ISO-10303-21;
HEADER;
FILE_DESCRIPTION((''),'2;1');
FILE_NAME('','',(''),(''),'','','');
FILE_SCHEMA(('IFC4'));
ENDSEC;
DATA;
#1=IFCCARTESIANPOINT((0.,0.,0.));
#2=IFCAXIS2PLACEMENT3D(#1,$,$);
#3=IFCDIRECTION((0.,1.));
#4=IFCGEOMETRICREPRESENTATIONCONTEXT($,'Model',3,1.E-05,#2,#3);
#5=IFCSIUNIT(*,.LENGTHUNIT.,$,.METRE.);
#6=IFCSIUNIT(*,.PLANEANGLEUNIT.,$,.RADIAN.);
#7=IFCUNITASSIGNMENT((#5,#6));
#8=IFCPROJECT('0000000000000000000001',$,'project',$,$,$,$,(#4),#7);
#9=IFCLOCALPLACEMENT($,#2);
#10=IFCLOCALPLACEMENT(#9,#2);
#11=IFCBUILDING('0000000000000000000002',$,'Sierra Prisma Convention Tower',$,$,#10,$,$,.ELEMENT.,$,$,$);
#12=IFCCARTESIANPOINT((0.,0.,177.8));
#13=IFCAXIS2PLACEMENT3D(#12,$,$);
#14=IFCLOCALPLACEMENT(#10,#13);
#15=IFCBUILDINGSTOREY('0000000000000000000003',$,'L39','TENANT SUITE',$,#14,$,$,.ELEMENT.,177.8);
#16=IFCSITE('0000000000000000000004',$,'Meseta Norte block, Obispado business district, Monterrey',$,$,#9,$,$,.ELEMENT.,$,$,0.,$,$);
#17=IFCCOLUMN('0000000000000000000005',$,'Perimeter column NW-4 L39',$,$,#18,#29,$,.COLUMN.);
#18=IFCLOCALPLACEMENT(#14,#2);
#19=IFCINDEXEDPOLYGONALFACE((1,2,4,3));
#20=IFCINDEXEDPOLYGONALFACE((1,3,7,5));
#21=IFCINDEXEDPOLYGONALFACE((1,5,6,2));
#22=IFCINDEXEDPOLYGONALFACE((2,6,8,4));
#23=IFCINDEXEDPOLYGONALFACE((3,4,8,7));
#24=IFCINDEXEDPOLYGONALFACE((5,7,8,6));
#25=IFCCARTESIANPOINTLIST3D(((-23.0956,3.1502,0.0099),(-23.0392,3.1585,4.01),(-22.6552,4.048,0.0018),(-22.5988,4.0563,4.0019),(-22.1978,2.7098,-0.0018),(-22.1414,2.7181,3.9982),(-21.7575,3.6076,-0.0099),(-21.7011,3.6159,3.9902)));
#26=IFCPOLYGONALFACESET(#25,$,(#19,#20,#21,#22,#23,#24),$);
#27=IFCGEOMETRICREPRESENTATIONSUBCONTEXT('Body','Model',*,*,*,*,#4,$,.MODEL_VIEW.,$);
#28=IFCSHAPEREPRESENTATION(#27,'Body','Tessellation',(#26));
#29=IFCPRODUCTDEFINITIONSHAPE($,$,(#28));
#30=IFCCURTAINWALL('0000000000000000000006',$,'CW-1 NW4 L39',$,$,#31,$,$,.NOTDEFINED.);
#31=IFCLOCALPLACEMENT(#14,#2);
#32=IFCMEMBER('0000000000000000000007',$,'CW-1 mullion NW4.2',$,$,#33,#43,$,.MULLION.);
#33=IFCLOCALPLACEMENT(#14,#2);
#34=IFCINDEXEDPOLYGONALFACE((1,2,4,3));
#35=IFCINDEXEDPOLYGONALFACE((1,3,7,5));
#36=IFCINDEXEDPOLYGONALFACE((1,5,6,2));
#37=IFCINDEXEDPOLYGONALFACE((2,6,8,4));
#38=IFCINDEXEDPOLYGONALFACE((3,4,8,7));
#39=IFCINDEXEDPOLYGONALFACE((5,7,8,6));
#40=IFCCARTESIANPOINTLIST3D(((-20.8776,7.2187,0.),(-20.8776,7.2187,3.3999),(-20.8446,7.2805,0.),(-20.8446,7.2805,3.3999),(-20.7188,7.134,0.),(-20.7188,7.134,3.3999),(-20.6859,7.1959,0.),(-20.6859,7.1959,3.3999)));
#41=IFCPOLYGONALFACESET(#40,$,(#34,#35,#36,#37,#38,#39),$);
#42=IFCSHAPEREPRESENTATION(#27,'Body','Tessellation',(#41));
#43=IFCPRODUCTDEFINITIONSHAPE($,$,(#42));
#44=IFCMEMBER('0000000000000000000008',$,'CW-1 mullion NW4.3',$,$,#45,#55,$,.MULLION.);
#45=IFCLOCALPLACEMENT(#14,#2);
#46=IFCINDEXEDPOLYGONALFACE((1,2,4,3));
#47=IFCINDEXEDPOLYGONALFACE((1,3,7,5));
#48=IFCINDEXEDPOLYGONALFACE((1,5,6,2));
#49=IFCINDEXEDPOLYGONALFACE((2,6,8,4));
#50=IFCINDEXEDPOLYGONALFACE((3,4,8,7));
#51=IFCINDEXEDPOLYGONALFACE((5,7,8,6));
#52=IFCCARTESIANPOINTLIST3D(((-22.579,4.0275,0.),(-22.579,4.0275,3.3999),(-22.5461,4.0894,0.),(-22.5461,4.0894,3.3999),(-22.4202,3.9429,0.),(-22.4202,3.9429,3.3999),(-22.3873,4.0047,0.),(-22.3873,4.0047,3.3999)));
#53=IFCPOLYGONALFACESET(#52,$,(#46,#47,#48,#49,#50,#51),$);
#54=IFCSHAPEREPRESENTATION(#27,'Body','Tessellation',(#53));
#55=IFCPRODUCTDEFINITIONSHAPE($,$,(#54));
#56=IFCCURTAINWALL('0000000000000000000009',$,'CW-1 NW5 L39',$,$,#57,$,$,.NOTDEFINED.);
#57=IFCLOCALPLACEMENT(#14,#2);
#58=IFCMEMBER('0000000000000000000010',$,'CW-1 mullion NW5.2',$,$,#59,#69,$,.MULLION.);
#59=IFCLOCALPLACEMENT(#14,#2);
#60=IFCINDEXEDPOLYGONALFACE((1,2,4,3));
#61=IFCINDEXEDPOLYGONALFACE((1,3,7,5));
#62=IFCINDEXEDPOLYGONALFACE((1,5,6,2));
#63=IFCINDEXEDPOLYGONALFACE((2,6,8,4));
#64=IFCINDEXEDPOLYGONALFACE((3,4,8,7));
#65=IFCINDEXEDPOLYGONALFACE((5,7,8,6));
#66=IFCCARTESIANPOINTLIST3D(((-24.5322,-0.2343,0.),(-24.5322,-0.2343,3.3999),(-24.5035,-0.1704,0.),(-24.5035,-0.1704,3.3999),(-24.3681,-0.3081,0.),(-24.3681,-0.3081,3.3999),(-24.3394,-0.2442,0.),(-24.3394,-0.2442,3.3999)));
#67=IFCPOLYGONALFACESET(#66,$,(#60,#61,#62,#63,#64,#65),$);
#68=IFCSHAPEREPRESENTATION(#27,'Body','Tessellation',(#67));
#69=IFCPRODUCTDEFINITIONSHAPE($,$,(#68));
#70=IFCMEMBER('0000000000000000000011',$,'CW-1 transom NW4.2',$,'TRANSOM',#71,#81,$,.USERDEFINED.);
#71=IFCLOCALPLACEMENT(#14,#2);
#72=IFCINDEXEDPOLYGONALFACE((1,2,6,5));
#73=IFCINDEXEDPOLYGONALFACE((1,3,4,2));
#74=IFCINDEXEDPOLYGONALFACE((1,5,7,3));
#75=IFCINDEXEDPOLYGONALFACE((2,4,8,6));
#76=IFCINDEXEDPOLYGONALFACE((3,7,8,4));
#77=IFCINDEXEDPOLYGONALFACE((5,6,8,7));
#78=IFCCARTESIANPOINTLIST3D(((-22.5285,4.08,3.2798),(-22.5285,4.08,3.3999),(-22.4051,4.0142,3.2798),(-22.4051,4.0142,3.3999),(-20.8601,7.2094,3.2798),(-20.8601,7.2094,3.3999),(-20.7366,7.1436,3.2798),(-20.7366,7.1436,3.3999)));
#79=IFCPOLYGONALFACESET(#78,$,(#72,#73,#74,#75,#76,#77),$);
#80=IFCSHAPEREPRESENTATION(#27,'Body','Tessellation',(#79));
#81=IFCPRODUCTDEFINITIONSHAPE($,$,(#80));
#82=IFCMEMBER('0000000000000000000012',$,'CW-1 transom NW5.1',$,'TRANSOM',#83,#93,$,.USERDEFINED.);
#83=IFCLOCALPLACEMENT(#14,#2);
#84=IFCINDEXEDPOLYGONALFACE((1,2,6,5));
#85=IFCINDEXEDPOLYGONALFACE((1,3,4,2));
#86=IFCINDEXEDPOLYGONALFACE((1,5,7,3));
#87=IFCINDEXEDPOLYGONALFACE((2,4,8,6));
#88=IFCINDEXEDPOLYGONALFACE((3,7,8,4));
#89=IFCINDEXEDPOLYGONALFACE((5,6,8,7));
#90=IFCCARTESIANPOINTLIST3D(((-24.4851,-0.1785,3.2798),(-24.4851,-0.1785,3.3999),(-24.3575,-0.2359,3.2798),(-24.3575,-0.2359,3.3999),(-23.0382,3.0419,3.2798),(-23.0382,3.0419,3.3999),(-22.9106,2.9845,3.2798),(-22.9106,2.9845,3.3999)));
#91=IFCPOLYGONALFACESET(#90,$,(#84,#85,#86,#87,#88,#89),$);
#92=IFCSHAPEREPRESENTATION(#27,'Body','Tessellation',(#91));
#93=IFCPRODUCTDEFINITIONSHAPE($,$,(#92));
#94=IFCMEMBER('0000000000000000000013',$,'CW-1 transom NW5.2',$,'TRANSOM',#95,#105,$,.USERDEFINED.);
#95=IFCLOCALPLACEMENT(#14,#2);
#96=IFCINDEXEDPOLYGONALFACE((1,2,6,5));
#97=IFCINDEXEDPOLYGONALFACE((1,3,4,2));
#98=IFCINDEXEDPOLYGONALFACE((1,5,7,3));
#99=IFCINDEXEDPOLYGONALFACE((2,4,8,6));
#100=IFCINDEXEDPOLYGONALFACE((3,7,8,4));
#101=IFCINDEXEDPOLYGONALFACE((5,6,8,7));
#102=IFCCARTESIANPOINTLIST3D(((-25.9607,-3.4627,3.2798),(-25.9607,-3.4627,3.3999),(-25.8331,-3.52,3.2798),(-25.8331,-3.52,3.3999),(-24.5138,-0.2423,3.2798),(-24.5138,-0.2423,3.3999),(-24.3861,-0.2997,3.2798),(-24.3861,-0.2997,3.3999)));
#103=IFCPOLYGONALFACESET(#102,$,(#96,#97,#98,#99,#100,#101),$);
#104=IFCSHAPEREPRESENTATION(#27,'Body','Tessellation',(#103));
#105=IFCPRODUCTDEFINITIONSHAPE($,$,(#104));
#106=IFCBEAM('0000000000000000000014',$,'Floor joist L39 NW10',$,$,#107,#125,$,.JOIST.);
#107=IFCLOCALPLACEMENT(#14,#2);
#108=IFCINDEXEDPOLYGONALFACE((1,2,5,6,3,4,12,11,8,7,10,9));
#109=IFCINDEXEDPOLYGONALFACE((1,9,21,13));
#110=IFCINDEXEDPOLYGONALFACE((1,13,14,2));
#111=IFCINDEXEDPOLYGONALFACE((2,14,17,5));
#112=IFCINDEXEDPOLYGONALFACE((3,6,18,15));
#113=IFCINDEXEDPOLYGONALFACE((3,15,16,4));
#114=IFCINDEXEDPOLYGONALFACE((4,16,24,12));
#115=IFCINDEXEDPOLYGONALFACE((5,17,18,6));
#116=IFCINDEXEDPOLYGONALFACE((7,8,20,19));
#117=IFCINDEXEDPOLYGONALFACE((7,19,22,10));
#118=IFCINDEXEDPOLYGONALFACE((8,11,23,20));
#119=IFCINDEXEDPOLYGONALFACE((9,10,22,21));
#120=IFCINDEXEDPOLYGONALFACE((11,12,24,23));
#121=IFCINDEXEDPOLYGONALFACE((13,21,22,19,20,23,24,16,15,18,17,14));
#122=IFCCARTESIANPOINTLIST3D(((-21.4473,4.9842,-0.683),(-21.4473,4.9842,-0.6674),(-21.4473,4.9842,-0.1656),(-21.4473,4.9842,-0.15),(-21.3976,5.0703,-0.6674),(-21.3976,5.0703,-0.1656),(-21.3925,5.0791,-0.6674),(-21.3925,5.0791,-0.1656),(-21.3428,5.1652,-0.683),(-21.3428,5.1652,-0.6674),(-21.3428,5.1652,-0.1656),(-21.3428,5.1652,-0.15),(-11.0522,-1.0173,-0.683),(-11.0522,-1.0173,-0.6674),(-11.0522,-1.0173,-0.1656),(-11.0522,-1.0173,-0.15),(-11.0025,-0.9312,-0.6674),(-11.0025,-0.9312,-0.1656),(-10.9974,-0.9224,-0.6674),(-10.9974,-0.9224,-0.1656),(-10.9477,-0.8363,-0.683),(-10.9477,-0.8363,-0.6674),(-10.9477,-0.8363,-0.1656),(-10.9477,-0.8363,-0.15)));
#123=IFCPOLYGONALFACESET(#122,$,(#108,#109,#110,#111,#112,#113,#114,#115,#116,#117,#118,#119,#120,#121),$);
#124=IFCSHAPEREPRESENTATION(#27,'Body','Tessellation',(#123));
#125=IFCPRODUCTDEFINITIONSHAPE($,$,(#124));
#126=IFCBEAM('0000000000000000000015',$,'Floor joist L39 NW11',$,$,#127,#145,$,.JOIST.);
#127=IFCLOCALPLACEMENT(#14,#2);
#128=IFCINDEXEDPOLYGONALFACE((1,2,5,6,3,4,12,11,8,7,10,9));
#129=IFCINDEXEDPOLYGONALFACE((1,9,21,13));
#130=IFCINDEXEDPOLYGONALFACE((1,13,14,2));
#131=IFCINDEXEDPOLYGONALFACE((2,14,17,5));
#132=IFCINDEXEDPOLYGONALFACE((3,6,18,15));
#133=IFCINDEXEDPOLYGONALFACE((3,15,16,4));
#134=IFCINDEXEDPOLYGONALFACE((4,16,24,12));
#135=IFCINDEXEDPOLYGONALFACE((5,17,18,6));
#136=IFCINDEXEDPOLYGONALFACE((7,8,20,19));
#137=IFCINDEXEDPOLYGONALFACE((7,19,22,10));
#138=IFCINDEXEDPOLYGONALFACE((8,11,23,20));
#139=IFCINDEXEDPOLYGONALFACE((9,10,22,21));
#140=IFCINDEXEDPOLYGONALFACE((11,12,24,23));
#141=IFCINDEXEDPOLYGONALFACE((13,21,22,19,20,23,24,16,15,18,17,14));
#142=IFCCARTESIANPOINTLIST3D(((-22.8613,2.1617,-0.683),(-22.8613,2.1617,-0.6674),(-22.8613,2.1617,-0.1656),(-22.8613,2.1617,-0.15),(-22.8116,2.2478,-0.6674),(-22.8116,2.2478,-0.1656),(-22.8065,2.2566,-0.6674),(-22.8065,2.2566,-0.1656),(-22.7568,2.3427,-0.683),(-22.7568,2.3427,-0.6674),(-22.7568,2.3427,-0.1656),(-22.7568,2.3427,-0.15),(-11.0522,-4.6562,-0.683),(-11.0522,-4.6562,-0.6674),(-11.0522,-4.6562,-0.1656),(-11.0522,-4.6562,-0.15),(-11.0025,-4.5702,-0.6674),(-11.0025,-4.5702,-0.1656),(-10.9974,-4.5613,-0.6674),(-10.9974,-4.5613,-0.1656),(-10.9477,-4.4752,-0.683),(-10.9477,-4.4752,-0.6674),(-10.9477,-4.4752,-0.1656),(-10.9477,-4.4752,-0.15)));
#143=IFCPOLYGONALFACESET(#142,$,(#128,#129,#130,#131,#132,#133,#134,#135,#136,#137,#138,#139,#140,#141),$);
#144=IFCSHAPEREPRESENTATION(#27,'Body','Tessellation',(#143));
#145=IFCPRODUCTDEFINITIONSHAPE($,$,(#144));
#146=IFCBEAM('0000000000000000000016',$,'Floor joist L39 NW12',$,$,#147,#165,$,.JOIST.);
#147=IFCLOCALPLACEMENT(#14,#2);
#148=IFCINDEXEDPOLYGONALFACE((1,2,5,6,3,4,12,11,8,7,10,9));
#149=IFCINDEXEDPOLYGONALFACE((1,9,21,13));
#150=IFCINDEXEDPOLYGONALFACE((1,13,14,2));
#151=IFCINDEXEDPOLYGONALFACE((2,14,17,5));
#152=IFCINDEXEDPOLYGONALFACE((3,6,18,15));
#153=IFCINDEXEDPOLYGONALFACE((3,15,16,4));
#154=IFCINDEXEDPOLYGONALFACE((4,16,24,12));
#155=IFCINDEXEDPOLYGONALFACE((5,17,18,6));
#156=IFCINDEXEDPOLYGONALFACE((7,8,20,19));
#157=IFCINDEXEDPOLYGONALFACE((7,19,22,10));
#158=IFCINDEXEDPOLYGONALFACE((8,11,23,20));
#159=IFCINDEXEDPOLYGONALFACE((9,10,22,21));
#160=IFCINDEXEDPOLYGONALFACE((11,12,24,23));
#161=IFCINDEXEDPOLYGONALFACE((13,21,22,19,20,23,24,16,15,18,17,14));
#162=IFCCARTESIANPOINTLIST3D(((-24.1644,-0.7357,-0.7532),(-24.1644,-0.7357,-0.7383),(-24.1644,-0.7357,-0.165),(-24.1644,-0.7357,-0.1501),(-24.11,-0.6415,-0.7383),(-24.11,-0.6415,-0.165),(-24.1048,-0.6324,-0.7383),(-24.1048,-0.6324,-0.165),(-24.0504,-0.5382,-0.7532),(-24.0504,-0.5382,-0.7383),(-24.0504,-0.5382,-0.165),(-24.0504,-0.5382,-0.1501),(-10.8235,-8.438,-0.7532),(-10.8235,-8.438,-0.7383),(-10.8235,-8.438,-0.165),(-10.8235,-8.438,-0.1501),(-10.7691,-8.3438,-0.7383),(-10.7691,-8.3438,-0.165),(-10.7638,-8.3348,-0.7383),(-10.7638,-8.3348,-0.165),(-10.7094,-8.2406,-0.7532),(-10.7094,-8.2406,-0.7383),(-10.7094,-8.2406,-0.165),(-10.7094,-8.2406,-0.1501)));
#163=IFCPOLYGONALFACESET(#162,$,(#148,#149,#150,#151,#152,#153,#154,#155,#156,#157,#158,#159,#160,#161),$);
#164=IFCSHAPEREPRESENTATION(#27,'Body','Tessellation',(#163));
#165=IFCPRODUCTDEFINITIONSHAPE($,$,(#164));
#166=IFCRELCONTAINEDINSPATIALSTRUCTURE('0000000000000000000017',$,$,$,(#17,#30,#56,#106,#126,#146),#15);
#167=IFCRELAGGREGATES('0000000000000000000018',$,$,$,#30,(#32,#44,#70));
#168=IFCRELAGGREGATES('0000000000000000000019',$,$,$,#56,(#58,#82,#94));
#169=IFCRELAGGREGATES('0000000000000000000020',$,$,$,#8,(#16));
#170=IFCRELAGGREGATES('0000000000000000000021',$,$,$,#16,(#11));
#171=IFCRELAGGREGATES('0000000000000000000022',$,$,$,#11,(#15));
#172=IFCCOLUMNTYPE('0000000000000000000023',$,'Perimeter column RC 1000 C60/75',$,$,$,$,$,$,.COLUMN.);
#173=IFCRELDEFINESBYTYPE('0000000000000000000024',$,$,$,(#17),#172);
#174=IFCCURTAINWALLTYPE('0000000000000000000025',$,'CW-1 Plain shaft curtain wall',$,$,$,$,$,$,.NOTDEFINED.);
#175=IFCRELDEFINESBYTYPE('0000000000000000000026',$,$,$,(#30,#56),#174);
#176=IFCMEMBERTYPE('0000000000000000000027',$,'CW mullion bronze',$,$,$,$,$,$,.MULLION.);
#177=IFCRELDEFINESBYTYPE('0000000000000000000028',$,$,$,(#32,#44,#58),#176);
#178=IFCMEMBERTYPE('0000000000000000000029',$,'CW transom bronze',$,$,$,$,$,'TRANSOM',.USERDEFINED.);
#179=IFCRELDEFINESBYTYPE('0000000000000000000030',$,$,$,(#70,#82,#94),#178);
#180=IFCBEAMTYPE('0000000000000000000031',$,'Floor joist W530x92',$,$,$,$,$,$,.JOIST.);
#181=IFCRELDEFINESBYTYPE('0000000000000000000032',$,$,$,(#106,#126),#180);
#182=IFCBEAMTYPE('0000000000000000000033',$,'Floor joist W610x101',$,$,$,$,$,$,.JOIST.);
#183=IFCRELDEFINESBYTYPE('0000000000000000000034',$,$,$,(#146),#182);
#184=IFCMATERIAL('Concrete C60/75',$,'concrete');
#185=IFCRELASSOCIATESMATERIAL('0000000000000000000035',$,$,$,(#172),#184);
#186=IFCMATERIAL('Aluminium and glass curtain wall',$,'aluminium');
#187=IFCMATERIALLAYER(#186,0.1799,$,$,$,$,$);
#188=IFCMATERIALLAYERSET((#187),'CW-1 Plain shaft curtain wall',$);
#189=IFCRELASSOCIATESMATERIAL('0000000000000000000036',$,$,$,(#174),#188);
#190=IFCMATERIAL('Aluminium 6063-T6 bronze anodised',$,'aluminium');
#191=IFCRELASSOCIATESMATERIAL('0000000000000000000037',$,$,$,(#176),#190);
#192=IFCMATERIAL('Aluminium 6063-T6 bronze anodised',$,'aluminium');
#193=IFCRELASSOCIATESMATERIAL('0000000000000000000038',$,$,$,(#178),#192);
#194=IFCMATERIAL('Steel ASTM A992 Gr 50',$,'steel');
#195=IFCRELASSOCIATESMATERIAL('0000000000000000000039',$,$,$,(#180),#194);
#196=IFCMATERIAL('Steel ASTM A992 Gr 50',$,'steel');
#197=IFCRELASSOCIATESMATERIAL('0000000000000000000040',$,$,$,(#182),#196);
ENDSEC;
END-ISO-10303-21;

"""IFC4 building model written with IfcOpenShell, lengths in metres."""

from ifc_helpers import new_model, si_unit, direction, frame, origin, origin_2d, place, context, subcontext, project, spatial, rectangle, i_section, extrude, material, layer, layer_set, material_profile, profile_set, type_object, element, aggregate, save


model = new_model("IFC4")

# Units and contexts
model_context = context("Model", 3, precision=1e-05, world=origin(), true_north=direction((0.0, 1.0)))
body_context = subcontext(model_context, "Body", "Model", "MODEL_VIEW")
ifc_project = project(units=[si_unit("LENGTHUNIT", "METRE"), si_unit("PLANEANGLEUNIT", "RADIAN")], contexts=[model_context])

# Site, building, storey
site_placement = place(None, origin())
site = spatial("IfcSite", under=ifc_project, at=site_placement, Name="Meseta Norte block, Obispado business district, Monterrey", CompositionType="ELEMENT", RefElevation=0.0)
building_placement = place(site_placement, origin())
building = spatial("IfcBuilding", under=site, at=building_placement, Name="Sierra Prisma Convention Tower", CompositionType="ELEMENT")
storey_placement = place(building_placement, frame((0.0, 0.0, 177.8)))
storey = spatial("IfcBuildingStorey", under=building, at=storey_placement, Name="L39", Description="TENANT SUITE", CompositionType="ELEMENT", Elevation=177.8)

# Column
ifc_material_1 = material(Name="Concrete C60/75", Category="concrete")
ifc_material_profile_1 = material_profile(ifc_material_1, rectangle(XDim=1.0, YDim=1.0, at=origin_2d()), Name="Perimeter column RC 1000 C60/75")
ifc_profile_set_1 = profile_set([ifc_material_profile_1], Name="Concrete C60/75")
column_type = type_object("IfcColumnType", Name="Perimeter column RC 1000 C60/75", PredefinedType="COLUMN", material=ifc_profile_set_1)
column_placement = place(storey_placement, frame((-22.4265, 3.3789, 0.0), z_axis=(0.014098, 0.002075, 0.999898), x_axis=(0.440366, 0.897782, -0.008072)))
element("IfcColumn", 1, at=column_placement, inside=storey, type_object=column_type, Name="Perimeter column NW-4 L39", PredefinedType="COLUMN", context=body_context, shape_type="SweptSolid", body=[
    extrude(rectangle(XDim=1.0, YDim=1.0, at=origin_2d()), origin(), (0.0, 0.0, 1.0), 4.0005),
])

# Curtain wall, members
ifc_material_2 = material(Name="Aluminium and glass curtain wall", Category="aluminium")
ifc_layer_1 = layer(ifc_material_2, 0.1799)
ifc_layer_set_1 = layer_set([ifc_layer_1], Name="CW-1 Plain shaft curtain wall")
curtain_wall_type = type_object("IfcCurtainWallType", Name="CW-1 Plain shaft curtain wall", PredefinedType="NOTDEFINED", material=ifc_layer_set_1)
curtain_wall_1_placement = place(storey_placement, origin())
curtain_wall_1 = element("IfcCurtainWall", 2, at=curtain_wall_1_placement, inside=storey, type_object=curtain_wall_type, Name="CW-1 NW4 L39", PredefinedType="NOTDEFINED")
ifc_material_3 = material(Name="Aluminium 6063-T6 bronze anodised", Category="aluminium")
ifc_material_profile_2 = material_profile(ifc_material_3, rectangle(XDim=0.1799, YDim=0.0701, at=origin_2d()), Name="ALU MULLION 70x180")
ifc_profile_set_2 = profile_set([ifc_material_profile_2], Name="Aluminium 6063-T6 bronze anodised")
member_type_1 = type_object("IfcMemberType", Name="CW mullion bronze", PredefinedType="MULLION", material=ifc_profile_set_2)
member_1_placement = place(storey_placement, frame((-20.7817, 7.2073, 0.0), z_axis=(0.0, 0.0, 1.0), x_axis=(0.882414, -0.470473, 0.0)))
member_1 = element("IfcMember", 3, at=member_1_placement, type_object=member_type_1, Name="CW-1 mullion NW4.2", PredefinedType="MULLION", context=body_context, shape_type="SweptSolid", body=[
    extrude(rectangle(XDim=0.1799, YDim=0.0701, at=origin_2d()), origin(), (0.0, 0.0, 1.0), 3.3999),
])
member_2_placement = place(storey_placement, frame((-22.4832, 4.0161, 0.0), z_axis=(0.0, 0.0, 1.0), x_axis=(0.882414, -0.470473, 0.0)))
member_2 = element("IfcMember", 4, at=member_2_placement, type_object=member_type_1, Name="CW-1 mullion NW4.3", PredefinedType="MULLION", context=body_context, shape_type="SweptSolid", body=[
    extrude(rectangle(XDim=0.1799, YDim=0.0701, at=origin_2d()), origin(), (0.0, 0.0, 1.0), 3.3999),
])

# Curtain wall, member
curtain_wall_2_placement = place(storey_placement, origin())
curtain_wall_2 = element("IfcCurtainWall", 5, at=curtain_wall_2_placement, inside=storey, type_object=curtain_wall_type, Name="CW-1 NW5 L39", PredefinedType="NOTDEFINED")
member_3_placement = place(storey_placement, frame((-24.4358, -0.2393, 0.0), z_axis=(0.0, 0.0, 1.0), x_axis=(0.912156, -0.409843, 0.0)))
member_3 = element("IfcMember", 6, at=member_3_placement, type_object=member_type_1, Name="CW-1 mullion NW5.2", PredefinedType="MULLION", context=body_context, shape_type="SweptSolid", body=[
    extrude(rectangle(XDim=0.1799, YDim=0.0701, at=origin_2d()), origin(), (0.0, 0.0, 1.0), 3.3999),
])

# Members
ifc_material_4 = material(Name="Aluminium 6063-T6 bronze anodised", Category="aluminium")
ifc_material_profile_3 = material_profile(ifc_material_4, rectangle(XDim=0.1399, YDim=0.1201, at=origin_2d()), Name="ALU TRANSOM 120x140")
ifc_profile_set_3 = profile_set([ifc_material_profile_3], Name="Aluminium 6063-T6 bronze anodised")
member_type_2 = type_object("IfcMemberType", Name="CW transom bronze", ElementType="TRANSOM", PredefinedType="USERDEFINED", material=ifc_profile_set_3)
member_4_placement = place(storey_placement, frame((-20.7983, 7.1765, 3.3398), z_axis=(-0.470467, -0.882418, 0.0), x_axis=(0.882418, -0.470467, 0.0)))
member_4 = element("IfcMember", 7, at=member_4_placement, type_object=member_type_2, Name="CW-1 transom NW4.2", ObjectType="TRANSOM", PredefinedType="USERDEFINED", context=body_context, shape_type="SweptSolid", body=[
    extrude(rectangle(XDim=0.1399, YDim=0.1201, at=origin_2d()), origin(), (0.0, 0.0, 1.0), 3.5464),
])
member_5_placement = place(storey_placement, frame((-22.9744, 3.0132, 3.3398), z_axis=(-0.40985, -0.912153, 0.0), x_axis=(0.912153, -0.40985, 0.0)))
member_5 = element("IfcMember", 8, at=member_5_placement, type_object=member_type_2, Name="CW-1 transom NW5.1", ObjectType="TRANSOM", PredefinedType="USERDEFINED", context=body_context, shape_type="SweptSolid", body=[
    extrude(rectangle(XDim=0.1399, YDim=0.1201, at=origin_2d()), origin(), (0.0, 0.0, 1.0), 3.5305),
])
member_6_placement = place(storey_placement, frame((-24.45, -0.271, 3.3398), z_axis=(-0.40985, -0.912153, 0.0), x_axis=(0.912153, -0.40985, 0.0)))
member_6 = element("IfcMember", 9, at=member_6_placement, type_object=member_type_2, Name="CW-1 transom NW5.2", ObjectType="TRANSOM", PredefinedType="USERDEFINED", context=body_context, shape_type="SweptSolid", body=[
    extrude(rectangle(XDim=0.1399, YDim=0.1201, at=origin_2d()), origin(), (0.0, 0.0, 1.0), 3.5305),
])

# Beams
ifc_material_5 = material(Name="Steel ASTM A992 Gr 50", Category="steel")
ifc_material_profile_4 = material_profile(ifc_material_5, i_section(OverallWidth=0.209, OverallDepth=0.533, WebThickness=0.0103, FlangeThickness=0.0156, at=origin_2d()), Name="W530x92")
ifc_profile_set_4 = profile_set([ifc_material_profile_4], Name="Steel ASTM A992 Gr 50")
beam_type_1 = type_object("IfcBeamType", Name="Floor joist W530x92", PredefinedType="JOIST", material=ifc_profile_set_4)
beam_1_placement = place(storey_placement, frame((-21.395, 5.0747, -0.4165), z_axis=(0.866029, -0.499994, 0.0), x_axis=(0.499994, 0.866029, 0.0)))
element("IfcBeam", 10, at=beam_1_placement, inside=storey, type_object=beam_type_1, Name="Floor joist L39 NW10", PredefinedType="JOIST", context=body_context, shape_type="SweptSolid", body=[
    extrude(i_section(OverallWidth=0.209, OverallDepth=0.533, WebThickness=0.0103, FlangeThickness=0.0156, at=origin_2d()), origin(), (0.0, 0.0, 1.0), 12.0032),
])
beam_2_placement = place(storey_placement, frame((-22.8091, 2.2522, -0.4165), z_axis=(0.866029, -0.499994, 0.0), x_axis=(0.499994, 0.866029, 0.0)))
element("IfcBeam", 11, at=beam_2_placement, inside=storey, type_object=beam_type_1, Name="Floor joist L39 NW11", PredefinedType="JOIST", context=body_context, shape_type="SweptSolid", body=[
    extrude(i_section(OverallWidth=0.209, OverallDepth=0.533, WebThickness=0.0103, FlangeThickness=0.0156, at=origin_2d()), origin(), (0.0, 0.0, 1.0), 13.636),
])
ifc_material_6 = material(Name="Steel ASTM A992 Gr 50", Category="steel")
ifc_material_profile_5 = material_profile(ifc_material_6, i_section(OverallWidth=0.228, OverallDepth=0.603, WebThickness=0.0105, FlangeThickness=0.0149, at=origin_2d()), Name="W610x101")
ifc_profile_set_5 = profile_set([ifc_material_profile_5], Name="Steel ASTM A992 Gr 50")
beam_type_2 = type_object("IfcBeamType", Name="Floor joist W610x101", PredefinedType="JOIST", material=ifc_profile_set_5)
beam_3_placement = place(storey_placement, frame((-24.1074, -0.637, -0.4517), z_axis=(0.866027, -0.499996, 0.0), x_axis=(0.499996, 0.866027, 0.0)))
element("IfcBeam", 12, at=beam_3_placement, inside=storey, type_object=beam_type_2, Name="Floor joist L39 NW12", PredefinedType="JOIST", context=body_context, shape_type="SweptSolid", body=[
    extrude(i_section(OverallWidth=0.228, OverallDepth=0.603, WebThickness=0.0105, FlangeThickness=0.0149, at=origin_2d()), origin(), (0.0, 0.0, 1.0), 15.4048),
])

aggregate(curtain_wall_1, [member_1, member_2, member_4])
aggregate(curtain_wall_2, [member_3, member_5, member_6])

save(model, "model.ifc")
